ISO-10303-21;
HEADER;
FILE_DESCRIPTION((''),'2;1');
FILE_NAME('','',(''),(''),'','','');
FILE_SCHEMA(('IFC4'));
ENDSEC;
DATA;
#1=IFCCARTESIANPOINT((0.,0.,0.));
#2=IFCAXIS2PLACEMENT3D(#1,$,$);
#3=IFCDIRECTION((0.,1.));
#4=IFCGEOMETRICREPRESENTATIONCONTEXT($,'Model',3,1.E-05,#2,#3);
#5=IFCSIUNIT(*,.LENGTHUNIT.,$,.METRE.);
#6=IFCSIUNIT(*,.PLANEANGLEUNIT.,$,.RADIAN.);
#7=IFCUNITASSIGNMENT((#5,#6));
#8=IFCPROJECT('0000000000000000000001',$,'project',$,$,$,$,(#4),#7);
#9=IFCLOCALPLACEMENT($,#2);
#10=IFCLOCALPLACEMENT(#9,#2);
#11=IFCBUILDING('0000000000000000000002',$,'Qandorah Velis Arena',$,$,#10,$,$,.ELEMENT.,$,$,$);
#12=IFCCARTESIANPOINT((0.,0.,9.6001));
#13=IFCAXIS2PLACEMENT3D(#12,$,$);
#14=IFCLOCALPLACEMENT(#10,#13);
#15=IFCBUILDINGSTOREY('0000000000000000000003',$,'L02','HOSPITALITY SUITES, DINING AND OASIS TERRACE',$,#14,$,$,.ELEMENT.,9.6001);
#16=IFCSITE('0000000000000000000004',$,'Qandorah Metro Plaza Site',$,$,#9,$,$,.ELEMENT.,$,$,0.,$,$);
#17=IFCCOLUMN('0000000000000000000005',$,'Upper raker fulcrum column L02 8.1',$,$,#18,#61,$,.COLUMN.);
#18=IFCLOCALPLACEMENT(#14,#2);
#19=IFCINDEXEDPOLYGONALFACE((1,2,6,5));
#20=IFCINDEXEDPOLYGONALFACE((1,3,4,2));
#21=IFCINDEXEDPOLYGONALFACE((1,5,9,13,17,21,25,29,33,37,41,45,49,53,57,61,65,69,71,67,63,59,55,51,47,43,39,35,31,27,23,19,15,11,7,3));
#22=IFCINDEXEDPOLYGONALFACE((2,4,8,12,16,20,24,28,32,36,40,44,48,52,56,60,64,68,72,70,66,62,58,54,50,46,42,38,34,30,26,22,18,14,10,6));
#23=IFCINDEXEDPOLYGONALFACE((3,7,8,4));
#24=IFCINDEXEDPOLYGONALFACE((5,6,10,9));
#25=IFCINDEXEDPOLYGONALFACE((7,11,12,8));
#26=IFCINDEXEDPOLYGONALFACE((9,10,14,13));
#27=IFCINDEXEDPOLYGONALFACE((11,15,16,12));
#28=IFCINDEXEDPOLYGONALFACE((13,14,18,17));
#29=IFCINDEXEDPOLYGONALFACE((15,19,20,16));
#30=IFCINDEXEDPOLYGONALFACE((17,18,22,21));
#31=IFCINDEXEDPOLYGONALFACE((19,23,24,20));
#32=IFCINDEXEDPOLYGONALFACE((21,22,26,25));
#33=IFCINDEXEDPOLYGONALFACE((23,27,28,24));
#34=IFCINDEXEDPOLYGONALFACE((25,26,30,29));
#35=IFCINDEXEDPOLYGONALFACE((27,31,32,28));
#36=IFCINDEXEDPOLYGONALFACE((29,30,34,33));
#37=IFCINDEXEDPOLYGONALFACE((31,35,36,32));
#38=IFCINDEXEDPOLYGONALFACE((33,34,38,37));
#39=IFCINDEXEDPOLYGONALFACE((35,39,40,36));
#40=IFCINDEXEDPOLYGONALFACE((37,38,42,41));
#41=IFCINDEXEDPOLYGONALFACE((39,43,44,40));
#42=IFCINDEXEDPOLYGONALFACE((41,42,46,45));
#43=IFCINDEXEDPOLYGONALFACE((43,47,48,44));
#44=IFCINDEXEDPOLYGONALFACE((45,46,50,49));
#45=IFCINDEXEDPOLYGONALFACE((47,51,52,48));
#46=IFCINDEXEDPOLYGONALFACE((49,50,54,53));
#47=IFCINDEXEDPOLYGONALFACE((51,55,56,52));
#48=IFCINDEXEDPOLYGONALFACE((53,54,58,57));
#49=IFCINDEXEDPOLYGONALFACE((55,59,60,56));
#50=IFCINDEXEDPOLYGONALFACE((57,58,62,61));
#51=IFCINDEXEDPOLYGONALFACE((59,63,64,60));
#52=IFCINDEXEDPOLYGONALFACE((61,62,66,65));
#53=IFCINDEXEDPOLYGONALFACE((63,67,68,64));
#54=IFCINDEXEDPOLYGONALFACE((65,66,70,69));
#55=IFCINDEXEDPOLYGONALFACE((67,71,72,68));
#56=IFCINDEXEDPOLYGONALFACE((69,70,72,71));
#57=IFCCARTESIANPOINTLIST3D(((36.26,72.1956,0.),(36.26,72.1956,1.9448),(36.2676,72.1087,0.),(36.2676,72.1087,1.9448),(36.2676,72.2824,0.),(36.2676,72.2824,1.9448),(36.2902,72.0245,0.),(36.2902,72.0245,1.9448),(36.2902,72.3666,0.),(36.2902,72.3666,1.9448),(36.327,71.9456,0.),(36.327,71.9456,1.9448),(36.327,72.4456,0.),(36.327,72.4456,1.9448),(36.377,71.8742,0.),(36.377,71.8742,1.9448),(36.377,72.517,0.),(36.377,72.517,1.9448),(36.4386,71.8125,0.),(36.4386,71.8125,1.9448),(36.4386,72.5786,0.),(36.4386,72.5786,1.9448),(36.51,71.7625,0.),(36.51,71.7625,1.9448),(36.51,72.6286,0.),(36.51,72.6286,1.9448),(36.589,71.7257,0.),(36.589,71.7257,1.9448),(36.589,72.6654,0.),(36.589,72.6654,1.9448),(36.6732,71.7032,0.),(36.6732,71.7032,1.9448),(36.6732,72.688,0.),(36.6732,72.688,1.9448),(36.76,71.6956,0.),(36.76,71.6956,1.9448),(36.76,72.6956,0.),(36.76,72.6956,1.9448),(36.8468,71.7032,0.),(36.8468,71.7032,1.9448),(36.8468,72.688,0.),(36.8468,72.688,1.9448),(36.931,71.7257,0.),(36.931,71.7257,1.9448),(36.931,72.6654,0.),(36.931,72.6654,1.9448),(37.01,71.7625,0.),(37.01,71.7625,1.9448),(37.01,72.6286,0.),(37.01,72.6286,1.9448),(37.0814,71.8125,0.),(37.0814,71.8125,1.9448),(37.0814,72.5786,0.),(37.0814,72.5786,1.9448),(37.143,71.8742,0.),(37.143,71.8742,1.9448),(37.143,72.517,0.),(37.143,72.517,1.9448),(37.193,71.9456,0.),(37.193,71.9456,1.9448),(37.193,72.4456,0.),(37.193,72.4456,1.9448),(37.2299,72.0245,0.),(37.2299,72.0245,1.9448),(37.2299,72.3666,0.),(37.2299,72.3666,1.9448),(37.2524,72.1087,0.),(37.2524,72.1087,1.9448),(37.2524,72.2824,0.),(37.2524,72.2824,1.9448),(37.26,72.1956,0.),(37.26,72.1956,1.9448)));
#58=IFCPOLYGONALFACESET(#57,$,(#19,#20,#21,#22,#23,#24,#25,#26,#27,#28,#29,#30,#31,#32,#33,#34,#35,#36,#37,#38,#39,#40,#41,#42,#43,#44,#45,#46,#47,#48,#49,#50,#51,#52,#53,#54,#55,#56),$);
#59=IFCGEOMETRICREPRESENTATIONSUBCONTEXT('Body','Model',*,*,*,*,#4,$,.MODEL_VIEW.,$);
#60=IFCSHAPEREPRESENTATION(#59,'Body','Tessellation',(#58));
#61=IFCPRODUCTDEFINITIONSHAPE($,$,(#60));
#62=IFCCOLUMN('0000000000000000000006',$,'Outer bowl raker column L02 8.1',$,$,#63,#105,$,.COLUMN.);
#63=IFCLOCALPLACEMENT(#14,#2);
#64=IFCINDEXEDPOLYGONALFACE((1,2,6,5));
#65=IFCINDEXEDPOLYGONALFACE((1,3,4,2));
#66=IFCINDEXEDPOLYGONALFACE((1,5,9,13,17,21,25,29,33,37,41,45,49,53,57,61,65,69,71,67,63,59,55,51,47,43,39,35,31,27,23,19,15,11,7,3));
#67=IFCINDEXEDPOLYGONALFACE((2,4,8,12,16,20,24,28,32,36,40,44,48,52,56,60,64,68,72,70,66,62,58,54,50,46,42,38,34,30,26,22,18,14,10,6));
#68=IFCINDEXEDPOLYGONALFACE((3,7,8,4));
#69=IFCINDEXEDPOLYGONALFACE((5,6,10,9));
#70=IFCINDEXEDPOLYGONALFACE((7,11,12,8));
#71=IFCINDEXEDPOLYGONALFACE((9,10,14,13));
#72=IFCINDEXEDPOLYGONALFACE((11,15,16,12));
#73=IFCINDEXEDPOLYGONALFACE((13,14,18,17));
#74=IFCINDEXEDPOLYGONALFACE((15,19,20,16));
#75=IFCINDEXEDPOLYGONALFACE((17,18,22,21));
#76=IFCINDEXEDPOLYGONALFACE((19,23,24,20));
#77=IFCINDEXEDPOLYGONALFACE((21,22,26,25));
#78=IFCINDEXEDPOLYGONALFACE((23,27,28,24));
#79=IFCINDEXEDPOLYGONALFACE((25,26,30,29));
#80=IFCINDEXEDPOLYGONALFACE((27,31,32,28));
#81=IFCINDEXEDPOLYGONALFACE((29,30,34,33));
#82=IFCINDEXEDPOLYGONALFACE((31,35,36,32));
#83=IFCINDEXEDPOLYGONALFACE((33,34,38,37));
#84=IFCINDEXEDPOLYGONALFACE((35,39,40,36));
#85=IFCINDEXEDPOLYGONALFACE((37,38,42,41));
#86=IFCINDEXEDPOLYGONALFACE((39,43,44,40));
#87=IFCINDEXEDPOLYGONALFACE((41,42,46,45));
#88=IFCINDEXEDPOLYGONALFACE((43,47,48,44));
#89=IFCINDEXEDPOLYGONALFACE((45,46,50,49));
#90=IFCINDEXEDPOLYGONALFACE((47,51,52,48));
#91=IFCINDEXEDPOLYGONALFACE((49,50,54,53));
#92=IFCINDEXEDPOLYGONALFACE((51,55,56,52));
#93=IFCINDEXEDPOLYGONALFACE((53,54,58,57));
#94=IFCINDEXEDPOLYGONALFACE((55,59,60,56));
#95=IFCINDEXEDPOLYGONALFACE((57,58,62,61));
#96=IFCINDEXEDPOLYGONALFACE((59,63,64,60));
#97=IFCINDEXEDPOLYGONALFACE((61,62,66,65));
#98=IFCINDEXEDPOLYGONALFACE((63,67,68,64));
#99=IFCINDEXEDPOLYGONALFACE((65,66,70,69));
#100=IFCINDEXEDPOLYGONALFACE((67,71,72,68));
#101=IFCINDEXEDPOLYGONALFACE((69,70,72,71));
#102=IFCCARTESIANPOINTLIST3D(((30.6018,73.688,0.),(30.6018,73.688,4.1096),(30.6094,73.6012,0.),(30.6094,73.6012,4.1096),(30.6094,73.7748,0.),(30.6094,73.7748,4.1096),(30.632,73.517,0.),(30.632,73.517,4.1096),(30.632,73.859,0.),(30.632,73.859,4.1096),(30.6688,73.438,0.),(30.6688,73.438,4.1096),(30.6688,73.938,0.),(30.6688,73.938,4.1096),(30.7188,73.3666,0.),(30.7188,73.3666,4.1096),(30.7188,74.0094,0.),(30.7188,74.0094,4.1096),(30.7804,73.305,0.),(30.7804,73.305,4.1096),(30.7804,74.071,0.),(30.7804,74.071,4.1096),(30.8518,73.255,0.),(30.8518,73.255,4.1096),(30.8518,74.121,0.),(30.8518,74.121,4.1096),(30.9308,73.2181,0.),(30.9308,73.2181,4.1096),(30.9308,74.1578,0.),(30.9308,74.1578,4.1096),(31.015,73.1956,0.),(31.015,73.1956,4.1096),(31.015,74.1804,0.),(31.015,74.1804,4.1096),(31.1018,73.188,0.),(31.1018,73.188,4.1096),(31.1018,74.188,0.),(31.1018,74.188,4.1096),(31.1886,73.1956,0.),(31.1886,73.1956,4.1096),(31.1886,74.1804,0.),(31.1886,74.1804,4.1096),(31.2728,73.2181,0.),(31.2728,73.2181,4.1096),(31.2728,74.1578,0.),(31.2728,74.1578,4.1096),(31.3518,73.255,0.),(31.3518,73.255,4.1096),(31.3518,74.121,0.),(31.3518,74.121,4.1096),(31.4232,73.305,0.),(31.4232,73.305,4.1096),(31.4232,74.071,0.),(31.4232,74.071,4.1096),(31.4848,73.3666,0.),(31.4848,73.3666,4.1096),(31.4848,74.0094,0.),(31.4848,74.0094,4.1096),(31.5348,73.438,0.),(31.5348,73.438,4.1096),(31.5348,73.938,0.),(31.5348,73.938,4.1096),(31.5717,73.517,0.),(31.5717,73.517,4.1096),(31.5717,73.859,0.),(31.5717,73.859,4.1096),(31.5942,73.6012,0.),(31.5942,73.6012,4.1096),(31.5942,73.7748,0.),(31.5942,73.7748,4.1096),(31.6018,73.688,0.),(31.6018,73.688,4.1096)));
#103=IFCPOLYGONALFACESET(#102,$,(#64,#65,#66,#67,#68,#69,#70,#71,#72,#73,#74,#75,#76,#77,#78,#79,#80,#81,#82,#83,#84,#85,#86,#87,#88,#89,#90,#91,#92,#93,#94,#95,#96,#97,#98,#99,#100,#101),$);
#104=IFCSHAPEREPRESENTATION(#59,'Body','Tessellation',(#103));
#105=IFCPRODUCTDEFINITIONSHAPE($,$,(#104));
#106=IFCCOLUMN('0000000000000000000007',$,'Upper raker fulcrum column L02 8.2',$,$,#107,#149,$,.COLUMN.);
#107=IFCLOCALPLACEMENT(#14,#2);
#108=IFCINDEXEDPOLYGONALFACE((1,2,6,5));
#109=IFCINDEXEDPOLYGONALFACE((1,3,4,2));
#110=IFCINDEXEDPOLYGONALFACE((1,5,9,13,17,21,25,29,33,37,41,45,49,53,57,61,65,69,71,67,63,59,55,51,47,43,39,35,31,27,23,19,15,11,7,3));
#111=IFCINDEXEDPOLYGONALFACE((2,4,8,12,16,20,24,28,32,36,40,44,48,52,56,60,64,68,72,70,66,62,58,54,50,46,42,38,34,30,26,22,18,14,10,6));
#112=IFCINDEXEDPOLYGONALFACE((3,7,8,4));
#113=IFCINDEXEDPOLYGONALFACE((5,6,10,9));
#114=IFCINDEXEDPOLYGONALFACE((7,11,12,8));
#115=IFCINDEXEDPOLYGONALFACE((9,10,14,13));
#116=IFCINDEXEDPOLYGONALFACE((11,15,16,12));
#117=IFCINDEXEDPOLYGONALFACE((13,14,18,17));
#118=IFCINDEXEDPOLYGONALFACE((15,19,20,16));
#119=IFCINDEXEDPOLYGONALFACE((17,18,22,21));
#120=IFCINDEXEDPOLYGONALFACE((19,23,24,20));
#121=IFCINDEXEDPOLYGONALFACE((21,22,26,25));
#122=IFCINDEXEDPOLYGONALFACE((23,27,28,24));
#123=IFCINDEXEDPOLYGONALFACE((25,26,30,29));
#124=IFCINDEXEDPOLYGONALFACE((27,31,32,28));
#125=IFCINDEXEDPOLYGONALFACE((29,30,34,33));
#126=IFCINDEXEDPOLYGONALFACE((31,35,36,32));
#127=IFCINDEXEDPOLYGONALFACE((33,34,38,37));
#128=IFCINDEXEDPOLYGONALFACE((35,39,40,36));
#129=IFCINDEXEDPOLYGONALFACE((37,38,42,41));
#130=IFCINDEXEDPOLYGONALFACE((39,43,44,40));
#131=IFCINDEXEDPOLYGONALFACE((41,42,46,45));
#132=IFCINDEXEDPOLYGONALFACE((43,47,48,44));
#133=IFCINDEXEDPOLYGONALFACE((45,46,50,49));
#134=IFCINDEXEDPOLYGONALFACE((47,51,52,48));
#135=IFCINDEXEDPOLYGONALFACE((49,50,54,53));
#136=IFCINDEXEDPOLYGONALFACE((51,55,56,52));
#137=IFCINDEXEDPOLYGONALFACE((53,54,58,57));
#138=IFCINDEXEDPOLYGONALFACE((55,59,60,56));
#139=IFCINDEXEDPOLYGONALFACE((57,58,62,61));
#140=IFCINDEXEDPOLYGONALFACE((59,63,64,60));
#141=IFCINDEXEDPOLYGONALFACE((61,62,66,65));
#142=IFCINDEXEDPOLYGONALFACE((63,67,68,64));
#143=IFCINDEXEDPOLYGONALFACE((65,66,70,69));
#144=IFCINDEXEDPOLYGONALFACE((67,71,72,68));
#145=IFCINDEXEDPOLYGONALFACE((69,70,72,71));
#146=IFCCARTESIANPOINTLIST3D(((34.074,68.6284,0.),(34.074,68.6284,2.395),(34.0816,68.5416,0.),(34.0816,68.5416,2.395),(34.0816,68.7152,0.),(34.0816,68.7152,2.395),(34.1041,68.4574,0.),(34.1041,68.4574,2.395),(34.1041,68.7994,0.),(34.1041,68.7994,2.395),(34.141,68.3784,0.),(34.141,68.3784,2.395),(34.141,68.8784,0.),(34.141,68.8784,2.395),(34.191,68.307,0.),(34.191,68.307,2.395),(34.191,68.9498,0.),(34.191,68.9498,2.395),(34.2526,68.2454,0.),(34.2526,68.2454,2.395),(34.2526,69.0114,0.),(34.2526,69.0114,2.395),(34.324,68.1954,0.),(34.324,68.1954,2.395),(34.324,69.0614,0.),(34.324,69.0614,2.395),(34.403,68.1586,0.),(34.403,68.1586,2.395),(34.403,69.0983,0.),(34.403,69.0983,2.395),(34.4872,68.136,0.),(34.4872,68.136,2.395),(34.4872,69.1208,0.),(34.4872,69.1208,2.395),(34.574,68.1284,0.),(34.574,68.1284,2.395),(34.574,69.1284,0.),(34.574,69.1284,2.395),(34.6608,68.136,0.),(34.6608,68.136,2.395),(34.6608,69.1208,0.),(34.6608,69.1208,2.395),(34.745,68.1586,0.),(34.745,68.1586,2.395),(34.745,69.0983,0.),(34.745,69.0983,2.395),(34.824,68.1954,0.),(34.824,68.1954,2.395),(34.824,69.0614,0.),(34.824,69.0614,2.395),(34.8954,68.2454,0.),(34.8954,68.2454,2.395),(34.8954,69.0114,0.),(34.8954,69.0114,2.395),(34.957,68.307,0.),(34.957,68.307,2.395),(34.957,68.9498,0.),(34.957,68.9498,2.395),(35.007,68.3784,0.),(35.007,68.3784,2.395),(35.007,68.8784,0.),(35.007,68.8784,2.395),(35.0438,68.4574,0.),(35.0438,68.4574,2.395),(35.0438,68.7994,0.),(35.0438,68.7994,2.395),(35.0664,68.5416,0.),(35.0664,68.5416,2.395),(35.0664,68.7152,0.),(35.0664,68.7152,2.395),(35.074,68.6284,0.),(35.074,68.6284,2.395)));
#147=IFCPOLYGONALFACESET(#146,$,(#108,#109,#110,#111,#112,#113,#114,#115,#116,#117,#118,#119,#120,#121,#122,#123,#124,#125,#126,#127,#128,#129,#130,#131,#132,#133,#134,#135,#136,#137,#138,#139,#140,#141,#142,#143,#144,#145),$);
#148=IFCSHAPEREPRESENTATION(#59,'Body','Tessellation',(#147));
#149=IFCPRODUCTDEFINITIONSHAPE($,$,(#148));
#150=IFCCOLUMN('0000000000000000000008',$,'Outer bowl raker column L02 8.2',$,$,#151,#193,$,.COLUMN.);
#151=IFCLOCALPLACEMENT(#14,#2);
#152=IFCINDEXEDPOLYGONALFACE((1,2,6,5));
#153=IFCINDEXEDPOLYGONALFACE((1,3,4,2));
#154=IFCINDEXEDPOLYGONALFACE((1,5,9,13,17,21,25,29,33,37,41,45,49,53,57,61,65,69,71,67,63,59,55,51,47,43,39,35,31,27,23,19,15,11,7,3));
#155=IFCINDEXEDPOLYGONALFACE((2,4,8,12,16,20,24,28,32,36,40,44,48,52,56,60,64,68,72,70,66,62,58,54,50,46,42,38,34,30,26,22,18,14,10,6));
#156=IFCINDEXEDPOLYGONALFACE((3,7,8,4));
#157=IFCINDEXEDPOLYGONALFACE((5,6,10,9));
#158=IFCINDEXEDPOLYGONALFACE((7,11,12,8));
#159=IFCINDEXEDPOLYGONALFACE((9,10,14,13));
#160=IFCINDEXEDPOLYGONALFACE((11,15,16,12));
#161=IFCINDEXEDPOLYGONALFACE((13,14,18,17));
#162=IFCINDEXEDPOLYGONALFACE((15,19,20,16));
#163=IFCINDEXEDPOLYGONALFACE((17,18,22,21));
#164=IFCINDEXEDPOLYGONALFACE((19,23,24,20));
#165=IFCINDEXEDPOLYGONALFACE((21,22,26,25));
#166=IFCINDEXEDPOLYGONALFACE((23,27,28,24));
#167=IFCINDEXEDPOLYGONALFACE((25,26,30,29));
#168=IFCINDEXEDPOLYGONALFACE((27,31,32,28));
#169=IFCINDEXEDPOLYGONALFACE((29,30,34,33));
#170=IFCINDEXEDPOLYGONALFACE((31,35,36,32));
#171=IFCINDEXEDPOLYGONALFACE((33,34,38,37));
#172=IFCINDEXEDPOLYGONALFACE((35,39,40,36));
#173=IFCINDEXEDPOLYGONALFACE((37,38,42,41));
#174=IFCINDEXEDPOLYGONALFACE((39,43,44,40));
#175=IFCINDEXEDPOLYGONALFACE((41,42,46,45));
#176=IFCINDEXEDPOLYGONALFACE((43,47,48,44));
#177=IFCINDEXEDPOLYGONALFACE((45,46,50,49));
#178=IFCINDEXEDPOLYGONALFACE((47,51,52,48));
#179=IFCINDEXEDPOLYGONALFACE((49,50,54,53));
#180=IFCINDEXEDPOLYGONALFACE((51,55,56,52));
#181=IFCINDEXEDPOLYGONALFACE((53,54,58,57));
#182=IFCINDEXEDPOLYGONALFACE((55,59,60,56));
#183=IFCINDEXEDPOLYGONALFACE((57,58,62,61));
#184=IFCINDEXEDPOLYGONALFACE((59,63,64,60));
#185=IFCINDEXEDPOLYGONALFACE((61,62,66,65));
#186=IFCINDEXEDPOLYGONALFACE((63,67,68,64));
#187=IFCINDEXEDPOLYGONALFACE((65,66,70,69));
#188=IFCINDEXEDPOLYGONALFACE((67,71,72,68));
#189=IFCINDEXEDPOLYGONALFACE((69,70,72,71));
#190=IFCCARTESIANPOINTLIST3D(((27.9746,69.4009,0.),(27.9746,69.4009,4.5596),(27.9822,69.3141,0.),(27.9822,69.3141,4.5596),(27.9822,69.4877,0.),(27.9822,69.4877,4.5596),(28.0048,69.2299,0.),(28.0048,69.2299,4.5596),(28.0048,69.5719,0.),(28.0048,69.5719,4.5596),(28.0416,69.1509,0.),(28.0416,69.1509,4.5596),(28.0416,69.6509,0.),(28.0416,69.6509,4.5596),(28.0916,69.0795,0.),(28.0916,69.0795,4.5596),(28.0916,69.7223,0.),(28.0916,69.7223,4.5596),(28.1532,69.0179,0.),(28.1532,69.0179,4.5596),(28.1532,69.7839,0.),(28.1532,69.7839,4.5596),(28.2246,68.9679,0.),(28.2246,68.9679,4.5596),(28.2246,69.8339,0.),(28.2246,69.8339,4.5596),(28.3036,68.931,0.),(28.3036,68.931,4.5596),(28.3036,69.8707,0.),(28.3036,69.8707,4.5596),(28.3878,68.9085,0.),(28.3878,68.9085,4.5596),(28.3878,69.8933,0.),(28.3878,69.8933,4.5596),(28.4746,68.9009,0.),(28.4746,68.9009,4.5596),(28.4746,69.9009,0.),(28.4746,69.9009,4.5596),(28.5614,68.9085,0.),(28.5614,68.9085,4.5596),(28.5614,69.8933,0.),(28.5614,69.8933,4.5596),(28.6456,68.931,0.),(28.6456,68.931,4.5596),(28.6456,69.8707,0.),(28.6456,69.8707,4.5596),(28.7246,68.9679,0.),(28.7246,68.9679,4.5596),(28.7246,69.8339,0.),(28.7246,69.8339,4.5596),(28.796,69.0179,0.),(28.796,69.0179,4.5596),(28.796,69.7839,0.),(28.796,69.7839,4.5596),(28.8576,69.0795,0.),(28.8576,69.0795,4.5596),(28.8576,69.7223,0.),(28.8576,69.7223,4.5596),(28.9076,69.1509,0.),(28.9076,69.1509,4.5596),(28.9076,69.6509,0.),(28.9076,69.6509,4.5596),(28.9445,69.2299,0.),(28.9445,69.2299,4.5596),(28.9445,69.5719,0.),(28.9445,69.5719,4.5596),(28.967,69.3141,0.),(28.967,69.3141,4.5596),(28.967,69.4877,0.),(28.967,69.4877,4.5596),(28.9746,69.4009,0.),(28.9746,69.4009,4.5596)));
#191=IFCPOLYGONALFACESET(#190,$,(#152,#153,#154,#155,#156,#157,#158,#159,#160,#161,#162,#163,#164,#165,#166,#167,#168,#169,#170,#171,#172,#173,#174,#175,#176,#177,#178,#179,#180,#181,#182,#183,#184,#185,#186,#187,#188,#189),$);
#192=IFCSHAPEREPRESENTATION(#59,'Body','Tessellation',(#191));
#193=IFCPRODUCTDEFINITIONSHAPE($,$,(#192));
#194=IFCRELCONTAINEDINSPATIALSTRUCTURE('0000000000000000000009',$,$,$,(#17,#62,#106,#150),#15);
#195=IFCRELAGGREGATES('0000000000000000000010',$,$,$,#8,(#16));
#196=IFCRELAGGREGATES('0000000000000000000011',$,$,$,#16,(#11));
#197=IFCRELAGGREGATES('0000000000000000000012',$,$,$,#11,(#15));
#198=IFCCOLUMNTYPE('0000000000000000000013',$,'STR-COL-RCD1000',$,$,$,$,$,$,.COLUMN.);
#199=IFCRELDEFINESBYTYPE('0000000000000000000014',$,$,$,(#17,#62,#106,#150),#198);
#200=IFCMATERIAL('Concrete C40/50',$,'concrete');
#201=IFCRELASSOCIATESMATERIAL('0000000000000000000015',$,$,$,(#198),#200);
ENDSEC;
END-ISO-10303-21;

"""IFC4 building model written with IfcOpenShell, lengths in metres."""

from ifc_helpers import new_model, si_unit, direction, frame, origin, origin_2d, place, context, subcontext, project, spatial, circle, extrude, material, material_profile, profile_set, type_object, element, save


model = new_model("IFC4")

# Units and contexts
model_context = context("Model", 3, precision=1e-05, world=origin(), true_north=direction((0.0, 1.0)))
body_context = subcontext(model_context, "Body", "Model", "MODEL_VIEW")
ifc_project = project(units=[si_unit("LENGTHUNIT", "METRE"), si_unit("PLANEANGLEUNIT", "RADIAN")], contexts=[model_context])

# Site, building, storey
site_placement = place(None, origin())
site = spatial("IfcSite", under=ifc_project, at=site_placement, Name="Qandorah Metro Plaza Site", CompositionType="ELEMENT", RefElevation=0.0)
building_placement = place(site_placement, origin())
building = spatial("IfcBuilding", under=site, at=building_placement, Name="Qandorah Velis Arena", CompositionType="ELEMENT")
storey_placement = place(building_placement, frame((0.0, 0.0, 9.6001)))
storey = spatial("IfcBuildingStorey", under=building, at=storey_placement, Name="L02", Description="HOSPITALITY SUITES, DINING AND OASIS TERRACE", CompositionType="ELEMENT", Elevation=9.6001)

# Columns
ifc_material_1 = material(Name="Concrete C40/50", Category="concrete")
ifc_material_profile_1 = material_profile(ifc_material_1, circle(Radius=0.5, at=origin_2d()), Name="RC D1000")
ifc_profile_set_1 = profile_set([ifc_material_profile_1], Name="Concrete C40/50")
column_type_1 = type_object("IfcColumnType", Name="STR-COL-RCD1000", PredefinedType="COLUMN", material=ifc_profile_set_1)
column_1_placement = place(storey_placement, frame((36.76, 72.1956, 0.0), z_axis=(0.0, 0.0, 1.0), x_axis=(1.0, 0.0, 0.0)))
element("IfcColumn", 1, at=column_1_placement, inside=storey, type_object=column_type_1, Name="Upper raker fulcrum column L02 8.1", PredefinedType="COLUMN", context=body_context, shape_type="SweptSolid", body=[
    extrude(circle(Radius=0.5, at=origin_2d()), origin(), (0.0, 0.0, 1.0), 1.9448),
])
column_2_placement = place(storey_placement, frame((31.1018, 73.688, 0.0), z_axis=(0.0, 0.0, 1.0), x_axis=(1.0, 0.0, 0.0)))
element("IfcColumn", 2, at=column_2_placement, inside=storey, type_object=column_type_1, Name="Outer bowl raker column L02 8.1", PredefinedType="COLUMN", context=body_context, shape_type="SweptSolid", body=[
    extrude(circle(Radius=0.5, at=origin_2d()), origin(), (0.0, 0.0, 1.0), 4.1096),
])
column_3_placement = place(storey_placement, frame((34.574, 68.6284, 0.0), z_axis=(0.0, 0.0, 1.0), x_axis=(1.0, 0.0, 0.0)))
element("IfcColumn", 3, at=column_3_placement, inside=storey, type_object=column_type_1, Name="Upper raker fulcrum column L02 8.2", PredefinedType="COLUMN", context=body_context, shape_type="SweptSolid", body=[
    extrude(circle(Radius=0.5, at=origin_2d()), origin(), (0.0, 0.0, 1.0), 2.395),
])
column_4_placement = place(storey_placement, frame((28.4746, 69.4009, 0.0), z_axis=(0.0, 0.0, 1.0), x_axis=(1.0, 0.0, 0.0)))
element("IfcColumn", 4, at=column_4_placement, inside=storey, type_object=column_type_1, Name="Outer bowl raker column L02 8.2", PredefinedType="COLUMN", context=body_context, shape_type="SweptSolid", body=[
    extrude(circle(Radius=0.5, at=origin_2d()), origin(), (0.0, 0.0, 1.0), 4.5596),
])

save(model, "model.ifc")
